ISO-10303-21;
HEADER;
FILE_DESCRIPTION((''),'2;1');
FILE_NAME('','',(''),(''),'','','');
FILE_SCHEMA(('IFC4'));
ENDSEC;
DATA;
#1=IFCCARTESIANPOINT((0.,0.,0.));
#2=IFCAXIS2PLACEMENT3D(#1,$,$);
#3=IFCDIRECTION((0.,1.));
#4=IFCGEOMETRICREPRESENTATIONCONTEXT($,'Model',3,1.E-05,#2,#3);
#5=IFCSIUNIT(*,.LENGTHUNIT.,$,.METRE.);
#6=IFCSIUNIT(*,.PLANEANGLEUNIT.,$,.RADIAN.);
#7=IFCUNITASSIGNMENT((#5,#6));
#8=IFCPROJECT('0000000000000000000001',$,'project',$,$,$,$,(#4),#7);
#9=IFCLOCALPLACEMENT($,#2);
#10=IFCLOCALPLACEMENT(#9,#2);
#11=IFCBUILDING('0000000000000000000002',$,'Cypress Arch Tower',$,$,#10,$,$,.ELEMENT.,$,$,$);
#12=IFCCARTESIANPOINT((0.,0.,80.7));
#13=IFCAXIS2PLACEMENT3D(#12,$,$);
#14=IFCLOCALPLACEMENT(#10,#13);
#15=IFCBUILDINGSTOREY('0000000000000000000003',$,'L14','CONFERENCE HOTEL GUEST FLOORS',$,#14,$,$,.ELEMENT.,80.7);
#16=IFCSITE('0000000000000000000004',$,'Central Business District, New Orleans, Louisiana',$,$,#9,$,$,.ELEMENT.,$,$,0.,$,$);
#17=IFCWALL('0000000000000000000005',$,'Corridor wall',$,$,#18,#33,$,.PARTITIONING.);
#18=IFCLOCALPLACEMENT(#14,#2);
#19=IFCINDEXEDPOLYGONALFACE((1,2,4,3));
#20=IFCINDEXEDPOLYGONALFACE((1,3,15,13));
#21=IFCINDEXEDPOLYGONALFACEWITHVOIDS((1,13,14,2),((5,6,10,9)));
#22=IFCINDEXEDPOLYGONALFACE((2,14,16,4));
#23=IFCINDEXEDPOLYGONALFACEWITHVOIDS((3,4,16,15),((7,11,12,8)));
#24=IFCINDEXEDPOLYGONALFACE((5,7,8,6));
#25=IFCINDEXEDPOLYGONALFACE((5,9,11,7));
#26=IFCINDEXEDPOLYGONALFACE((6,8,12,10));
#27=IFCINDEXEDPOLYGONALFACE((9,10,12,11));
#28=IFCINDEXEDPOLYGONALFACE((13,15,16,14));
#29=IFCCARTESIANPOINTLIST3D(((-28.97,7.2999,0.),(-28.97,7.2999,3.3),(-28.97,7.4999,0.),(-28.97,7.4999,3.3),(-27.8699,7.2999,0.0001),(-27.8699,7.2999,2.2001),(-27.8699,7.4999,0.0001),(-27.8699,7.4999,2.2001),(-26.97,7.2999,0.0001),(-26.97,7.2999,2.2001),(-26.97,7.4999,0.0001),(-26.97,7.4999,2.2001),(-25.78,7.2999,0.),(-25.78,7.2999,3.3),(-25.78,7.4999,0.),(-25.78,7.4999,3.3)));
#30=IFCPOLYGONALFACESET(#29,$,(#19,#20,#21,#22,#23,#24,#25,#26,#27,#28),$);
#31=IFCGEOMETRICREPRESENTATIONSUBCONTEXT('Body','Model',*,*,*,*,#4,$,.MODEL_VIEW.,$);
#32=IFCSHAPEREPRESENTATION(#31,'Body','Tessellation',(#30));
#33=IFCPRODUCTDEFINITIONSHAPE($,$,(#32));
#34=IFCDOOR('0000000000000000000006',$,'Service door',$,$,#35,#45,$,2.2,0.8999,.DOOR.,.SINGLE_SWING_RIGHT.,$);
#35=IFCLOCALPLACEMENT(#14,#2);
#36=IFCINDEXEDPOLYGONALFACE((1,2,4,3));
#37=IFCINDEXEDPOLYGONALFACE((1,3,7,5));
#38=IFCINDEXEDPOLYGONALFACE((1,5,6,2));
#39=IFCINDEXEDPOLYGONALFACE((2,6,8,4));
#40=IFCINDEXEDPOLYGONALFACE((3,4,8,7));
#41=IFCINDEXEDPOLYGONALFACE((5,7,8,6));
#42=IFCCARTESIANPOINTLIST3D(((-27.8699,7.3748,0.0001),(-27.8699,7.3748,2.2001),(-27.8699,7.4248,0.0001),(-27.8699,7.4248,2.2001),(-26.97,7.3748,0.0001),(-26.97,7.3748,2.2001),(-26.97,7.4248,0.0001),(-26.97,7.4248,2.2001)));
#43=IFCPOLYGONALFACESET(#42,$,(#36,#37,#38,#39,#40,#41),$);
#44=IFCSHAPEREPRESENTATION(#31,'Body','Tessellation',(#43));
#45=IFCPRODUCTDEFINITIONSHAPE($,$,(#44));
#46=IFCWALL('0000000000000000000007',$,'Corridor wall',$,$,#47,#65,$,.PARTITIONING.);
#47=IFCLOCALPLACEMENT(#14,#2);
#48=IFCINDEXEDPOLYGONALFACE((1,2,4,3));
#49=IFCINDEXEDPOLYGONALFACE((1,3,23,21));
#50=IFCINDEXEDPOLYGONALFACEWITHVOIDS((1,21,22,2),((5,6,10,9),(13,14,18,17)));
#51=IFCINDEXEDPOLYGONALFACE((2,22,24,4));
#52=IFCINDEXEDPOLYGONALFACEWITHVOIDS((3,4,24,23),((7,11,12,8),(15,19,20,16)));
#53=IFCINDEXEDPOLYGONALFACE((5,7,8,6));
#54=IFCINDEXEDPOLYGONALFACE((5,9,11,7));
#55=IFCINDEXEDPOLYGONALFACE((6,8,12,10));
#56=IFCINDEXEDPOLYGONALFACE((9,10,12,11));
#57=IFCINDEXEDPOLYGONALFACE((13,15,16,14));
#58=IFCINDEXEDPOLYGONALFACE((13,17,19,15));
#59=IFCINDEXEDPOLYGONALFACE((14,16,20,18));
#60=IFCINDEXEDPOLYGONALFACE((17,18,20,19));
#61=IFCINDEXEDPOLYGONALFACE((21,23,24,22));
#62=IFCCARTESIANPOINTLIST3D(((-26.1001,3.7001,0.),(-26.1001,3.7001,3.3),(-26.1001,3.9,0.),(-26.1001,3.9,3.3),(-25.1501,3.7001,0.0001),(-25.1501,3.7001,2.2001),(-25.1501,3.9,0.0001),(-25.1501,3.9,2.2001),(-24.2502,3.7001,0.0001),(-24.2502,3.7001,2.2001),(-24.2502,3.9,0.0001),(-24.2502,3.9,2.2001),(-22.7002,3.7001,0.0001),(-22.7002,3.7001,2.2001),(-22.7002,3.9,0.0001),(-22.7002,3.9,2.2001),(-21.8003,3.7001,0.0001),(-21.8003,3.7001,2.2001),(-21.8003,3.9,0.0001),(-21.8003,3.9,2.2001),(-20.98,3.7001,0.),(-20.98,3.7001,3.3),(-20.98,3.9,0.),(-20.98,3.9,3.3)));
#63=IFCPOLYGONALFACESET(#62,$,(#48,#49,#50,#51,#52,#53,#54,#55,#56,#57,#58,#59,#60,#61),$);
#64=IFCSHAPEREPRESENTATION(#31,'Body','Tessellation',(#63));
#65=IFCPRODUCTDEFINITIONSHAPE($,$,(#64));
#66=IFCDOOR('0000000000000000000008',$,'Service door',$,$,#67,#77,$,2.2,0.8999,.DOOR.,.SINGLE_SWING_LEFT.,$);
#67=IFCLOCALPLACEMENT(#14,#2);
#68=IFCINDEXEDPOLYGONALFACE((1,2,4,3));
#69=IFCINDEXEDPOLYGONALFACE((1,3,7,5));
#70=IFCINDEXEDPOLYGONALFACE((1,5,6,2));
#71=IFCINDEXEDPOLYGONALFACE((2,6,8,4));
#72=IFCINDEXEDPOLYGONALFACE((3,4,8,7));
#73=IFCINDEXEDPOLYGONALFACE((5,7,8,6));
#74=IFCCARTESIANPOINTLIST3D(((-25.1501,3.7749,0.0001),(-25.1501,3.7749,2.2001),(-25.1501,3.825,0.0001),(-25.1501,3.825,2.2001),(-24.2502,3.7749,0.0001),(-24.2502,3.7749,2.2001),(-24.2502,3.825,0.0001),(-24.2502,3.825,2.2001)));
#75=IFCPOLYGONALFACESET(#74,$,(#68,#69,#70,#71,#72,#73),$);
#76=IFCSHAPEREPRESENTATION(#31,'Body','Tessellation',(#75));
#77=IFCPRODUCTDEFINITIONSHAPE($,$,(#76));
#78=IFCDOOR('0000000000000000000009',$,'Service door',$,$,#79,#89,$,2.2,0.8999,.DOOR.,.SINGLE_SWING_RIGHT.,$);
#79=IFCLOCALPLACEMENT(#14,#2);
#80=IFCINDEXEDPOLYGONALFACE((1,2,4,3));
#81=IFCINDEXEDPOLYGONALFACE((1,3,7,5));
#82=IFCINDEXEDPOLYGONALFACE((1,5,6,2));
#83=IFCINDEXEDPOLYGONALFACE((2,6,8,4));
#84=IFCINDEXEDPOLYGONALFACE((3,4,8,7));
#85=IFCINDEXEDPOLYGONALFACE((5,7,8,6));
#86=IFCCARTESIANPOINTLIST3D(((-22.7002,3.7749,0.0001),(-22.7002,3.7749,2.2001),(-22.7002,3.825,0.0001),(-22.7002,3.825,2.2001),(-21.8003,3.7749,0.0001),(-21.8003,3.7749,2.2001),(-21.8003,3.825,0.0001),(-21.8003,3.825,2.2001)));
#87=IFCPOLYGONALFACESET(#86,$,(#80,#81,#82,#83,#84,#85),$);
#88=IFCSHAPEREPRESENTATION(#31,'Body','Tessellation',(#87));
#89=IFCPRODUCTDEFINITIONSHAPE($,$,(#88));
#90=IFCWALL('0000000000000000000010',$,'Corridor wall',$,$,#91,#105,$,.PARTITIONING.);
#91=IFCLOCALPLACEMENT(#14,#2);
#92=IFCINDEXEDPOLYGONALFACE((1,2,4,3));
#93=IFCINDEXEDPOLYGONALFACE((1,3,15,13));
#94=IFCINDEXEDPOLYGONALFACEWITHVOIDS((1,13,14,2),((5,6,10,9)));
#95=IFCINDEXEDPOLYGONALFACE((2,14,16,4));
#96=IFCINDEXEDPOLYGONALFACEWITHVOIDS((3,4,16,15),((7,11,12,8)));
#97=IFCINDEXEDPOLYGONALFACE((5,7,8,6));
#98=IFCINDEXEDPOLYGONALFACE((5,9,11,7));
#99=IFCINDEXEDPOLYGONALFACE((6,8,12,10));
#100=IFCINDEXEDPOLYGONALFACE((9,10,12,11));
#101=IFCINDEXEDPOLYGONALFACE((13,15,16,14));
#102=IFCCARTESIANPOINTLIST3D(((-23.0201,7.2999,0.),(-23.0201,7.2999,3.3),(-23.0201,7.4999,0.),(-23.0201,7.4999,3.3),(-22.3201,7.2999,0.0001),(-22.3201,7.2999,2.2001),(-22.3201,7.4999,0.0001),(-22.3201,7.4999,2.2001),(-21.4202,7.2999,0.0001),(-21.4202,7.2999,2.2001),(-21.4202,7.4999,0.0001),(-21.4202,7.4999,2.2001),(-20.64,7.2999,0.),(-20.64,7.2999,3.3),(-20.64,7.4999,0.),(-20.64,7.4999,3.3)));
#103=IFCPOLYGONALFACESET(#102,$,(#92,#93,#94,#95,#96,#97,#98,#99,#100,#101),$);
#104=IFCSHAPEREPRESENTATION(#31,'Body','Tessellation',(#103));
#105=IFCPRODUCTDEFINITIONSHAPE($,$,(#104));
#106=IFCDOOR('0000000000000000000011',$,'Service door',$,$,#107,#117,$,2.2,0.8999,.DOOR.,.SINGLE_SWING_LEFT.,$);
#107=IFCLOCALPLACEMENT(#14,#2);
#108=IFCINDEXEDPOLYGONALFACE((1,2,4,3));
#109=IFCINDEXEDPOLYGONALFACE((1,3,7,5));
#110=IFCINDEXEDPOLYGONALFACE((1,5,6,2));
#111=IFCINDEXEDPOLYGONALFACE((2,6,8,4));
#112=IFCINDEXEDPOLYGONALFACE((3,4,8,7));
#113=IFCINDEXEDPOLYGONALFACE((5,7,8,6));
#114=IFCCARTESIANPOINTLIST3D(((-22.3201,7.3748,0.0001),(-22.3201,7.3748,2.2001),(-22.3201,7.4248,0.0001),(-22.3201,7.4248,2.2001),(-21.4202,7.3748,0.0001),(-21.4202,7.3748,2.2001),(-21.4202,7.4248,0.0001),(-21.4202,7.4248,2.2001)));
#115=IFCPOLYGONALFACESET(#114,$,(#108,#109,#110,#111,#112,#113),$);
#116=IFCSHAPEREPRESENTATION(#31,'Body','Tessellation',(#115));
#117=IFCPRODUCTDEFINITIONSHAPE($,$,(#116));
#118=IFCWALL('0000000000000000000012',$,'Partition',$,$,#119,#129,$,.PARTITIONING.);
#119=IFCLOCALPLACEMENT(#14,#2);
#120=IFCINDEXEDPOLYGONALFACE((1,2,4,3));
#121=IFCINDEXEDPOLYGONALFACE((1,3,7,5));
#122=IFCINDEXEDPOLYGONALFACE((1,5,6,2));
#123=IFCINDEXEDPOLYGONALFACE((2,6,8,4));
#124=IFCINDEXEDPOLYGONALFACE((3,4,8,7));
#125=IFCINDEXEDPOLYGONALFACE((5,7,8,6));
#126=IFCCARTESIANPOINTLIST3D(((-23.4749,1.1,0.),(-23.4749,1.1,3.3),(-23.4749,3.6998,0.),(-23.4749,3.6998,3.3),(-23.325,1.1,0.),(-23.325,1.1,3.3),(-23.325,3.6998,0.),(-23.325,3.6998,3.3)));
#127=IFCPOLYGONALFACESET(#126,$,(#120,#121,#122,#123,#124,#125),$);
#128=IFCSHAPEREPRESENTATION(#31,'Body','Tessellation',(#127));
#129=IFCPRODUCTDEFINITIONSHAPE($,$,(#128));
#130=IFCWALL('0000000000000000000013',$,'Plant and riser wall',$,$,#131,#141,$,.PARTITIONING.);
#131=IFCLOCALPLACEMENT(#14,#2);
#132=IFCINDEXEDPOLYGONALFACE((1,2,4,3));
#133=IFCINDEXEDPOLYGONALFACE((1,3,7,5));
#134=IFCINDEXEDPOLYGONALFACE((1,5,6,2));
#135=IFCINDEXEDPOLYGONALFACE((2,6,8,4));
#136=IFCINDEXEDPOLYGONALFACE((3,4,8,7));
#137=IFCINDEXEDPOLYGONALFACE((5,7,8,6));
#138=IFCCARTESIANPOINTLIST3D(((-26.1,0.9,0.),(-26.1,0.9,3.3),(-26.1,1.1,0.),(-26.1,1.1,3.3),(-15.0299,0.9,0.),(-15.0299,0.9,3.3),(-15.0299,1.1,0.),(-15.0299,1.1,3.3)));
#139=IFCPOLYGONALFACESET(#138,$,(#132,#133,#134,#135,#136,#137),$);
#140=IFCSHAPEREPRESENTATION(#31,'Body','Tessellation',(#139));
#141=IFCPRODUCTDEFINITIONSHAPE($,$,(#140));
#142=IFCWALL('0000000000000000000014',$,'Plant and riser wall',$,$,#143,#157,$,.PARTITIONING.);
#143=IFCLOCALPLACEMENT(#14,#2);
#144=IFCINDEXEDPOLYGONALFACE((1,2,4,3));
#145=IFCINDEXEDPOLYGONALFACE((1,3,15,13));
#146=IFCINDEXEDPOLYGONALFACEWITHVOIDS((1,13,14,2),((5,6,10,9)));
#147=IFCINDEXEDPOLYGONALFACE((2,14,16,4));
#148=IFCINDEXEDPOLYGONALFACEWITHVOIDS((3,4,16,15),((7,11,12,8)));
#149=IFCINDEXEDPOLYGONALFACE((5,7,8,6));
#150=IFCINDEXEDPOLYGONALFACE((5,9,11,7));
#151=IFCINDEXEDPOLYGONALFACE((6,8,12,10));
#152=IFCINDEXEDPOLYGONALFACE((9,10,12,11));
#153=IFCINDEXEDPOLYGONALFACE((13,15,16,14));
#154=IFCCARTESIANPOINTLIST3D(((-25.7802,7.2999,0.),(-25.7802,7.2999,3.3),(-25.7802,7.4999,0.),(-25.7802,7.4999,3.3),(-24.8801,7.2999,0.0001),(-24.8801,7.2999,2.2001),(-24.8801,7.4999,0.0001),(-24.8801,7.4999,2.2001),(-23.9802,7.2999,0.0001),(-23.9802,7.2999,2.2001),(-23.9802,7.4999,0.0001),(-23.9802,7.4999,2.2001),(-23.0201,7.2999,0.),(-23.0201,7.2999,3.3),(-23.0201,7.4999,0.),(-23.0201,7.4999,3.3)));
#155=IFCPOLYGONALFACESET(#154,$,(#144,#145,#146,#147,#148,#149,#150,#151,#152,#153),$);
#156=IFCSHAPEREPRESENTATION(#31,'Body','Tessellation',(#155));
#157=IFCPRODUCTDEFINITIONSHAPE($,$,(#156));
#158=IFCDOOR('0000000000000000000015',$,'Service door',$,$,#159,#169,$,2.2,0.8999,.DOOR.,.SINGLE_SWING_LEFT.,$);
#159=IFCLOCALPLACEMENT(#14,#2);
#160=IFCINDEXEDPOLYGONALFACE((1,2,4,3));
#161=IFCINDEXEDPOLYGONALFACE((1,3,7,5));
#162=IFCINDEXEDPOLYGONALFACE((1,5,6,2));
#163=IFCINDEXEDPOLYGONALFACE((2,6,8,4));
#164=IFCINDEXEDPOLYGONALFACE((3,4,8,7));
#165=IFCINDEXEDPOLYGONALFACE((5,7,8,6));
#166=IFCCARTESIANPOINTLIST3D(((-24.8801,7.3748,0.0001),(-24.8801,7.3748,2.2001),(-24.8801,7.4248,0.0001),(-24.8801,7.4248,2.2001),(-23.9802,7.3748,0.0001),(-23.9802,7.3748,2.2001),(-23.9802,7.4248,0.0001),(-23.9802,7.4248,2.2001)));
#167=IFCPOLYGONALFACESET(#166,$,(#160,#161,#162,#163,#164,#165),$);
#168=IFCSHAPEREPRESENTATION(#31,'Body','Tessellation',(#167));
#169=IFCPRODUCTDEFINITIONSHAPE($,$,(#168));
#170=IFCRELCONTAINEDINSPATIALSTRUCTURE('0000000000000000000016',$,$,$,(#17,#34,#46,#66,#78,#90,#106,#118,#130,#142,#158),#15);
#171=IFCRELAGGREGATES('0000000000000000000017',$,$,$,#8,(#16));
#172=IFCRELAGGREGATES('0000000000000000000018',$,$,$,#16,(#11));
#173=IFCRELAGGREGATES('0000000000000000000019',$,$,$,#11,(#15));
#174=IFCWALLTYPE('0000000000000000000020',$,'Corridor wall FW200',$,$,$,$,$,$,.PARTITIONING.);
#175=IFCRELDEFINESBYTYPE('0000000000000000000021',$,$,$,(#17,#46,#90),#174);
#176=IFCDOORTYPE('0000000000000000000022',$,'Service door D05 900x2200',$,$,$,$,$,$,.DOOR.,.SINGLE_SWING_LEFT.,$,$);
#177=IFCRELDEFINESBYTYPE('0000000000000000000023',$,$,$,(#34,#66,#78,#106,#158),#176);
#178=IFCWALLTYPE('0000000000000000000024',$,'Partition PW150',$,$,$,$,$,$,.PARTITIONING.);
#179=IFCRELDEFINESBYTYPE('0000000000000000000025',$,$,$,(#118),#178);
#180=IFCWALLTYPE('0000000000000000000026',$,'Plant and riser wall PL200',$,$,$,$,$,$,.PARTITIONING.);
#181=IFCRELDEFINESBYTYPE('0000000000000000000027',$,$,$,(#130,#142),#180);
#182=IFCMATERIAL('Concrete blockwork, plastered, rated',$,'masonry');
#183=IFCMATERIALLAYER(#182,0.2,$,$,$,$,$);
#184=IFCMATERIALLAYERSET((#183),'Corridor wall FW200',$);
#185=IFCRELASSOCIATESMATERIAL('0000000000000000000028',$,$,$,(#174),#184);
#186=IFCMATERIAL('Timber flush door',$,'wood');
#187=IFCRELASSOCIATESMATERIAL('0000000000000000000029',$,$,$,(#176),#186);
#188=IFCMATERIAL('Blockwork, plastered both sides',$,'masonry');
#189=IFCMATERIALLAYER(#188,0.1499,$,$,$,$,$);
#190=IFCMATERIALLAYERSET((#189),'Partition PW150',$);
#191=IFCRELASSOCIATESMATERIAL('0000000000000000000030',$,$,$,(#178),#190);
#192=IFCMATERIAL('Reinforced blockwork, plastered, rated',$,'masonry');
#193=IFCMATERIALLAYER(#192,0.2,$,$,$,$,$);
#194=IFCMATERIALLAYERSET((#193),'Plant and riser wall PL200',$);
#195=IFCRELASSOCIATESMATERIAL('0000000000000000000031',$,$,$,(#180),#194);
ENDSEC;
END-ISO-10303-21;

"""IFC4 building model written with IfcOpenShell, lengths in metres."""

from ifc_helpers import new_model, si_unit, direction, frame, frame_2d, origin, place, context, subcontext, project, spatial, rectangle, extrude, material, layer, layer_set, type_object, element, fill, save


model = new_model("IFC4")

# Units and contexts
model_context = context("Model", 3, precision=1e-05, world=origin(), true_north=direction((0.0, 1.0)))
body_context = subcontext(model_context, "Body", "Model", "MODEL_VIEW")
ifc_project = project(units=[si_unit("LENGTHUNIT", "METRE"), si_unit("PLANEANGLEUNIT", "RADIAN")], contexts=[model_context])

# Site, building, storey
site_placement = place(None, origin())
site = spatial("IfcSite", under=ifc_project, at=site_placement, Name="Central Business District, New Orleans, Louisiana", CompositionType="ELEMENT", RefElevation=0.0)
building_placement = place(site_placement, origin())
building = spatial("IfcBuilding", under=site, at=building_placement, Name="Cypress Arch Tower", CompositionType="ELEMENT")
storey_placement = place(building_placement, frame((0.0, 0.0, 80.7)))
storey = spatial("IfcBuildingStorey", under=building, at=storey_placement, Name="L14", Description="CONFERENCE HOTEL GUEST FLOORS", CompositionType="ELEMENT", Elevation=80.7)

# Wall, opening, door
ifc_material_1 = material(Name="Concrete blockwork, plastered, rated", Category="masonry")
ifc_layer_1 = layer(ifc_material_1, 0.2)
ifc_layer_set_1 = layer_set([ifc_layer_1], Name="Corridor wall FW200")
wall_type_1 = type_object("IfcWallType", Name="Corridor wall FW200", PredefinedType="PARTITIONING", material=ifc_layer_set_1)
wall_1_placement = place(storey_placement, frame((-28.97, 7.3999, 0.0), z_axis=(0.0, 0.0, 1.0), x_axis=(1.0, 0.0, 0.0)))
wall_1 = element("IfcWall", 1, at=wall_1_placement, inside=storey, type_object=wall_type_1, Name="Corridor wall", PredefinedType="PARTITIONING", context=body_context, shape_type="SweptSolid", body=[
    extrude(rectangle(XDim=3.1899, YDim=0.2, at=frame_2d((1.595, 0.0))), origin(), (0.0, 0.0, 1.0), 3.3),
])
opening_1_placement = place(wall_1_placement, frame((1.1001, 0.0, 0.0)))
opening_1 = element("IfcOpeningElement", 2, at=opening_1_placement, cuts=wall_1, PredefinedType="OPENING", context=body_context, shape_type="SweptSolid", body=[
    extrude(rectangle(XDim=0.8999, YDim=2.2, at=frame_2d((0.45, 1.1001))), frame((0.0, 0.1099, 0.0), z_axis=(0.0, -1.0, 0.0), x_axis=(1.0, 0.0, 0.0)), (0.0, 0.0, 1.0), 0.22),
])
ifc_material_2 = material(Name="Timber flush door", Category="wood")
door_type = type_object("IfcDoorType", Name="Service door D05 900x2200", OperationType="SINGLE_SWING_LEFT", PredefinedType="DOOR", material=ifc_material_2)
door_1_placement = place(opening_1_placement, origin())
door_1 = element("IfcDoor", 3, at=door_1_placement, inside=storey, type_object=door_type, Name="Service door", OperationType="SINGLE_SWING_RIGHT", OverallHeight=2.2, OverallWidth=0.8999, PredefinedType="DOOR", context=body_context, shape_type="SweptSolid", body=[
    extrude(rectangle(XDim=0.8999, YDim=2.2, at=frame_2d((0.45, 1.1001))), frame((0.0, 0.0249, 0.0), z_axis=(0.0, -1.0, 0.0), x_axis=(1.0, 0.0, 0.0)), (0.0, 0.0, 1.0), 0.05),
])
fill(opening_1, door_1)

# Wall, openings, doors
wall_2_placement = place(storey_placement, frame((-26.1001, 3.8, 0.0), z_axis=(0.0, 0.0, 1.0), x_axis=(1.0, 0.0, 0.0)))
wall_2 = element("IfcWall", 4, at=wall_2_placement, inside=storey, type_object=wall_type_1, Name="Corridor wall", PredefinedType="PARTITIONING", context=body_context, shape_type="SweptSolid", body=[
    extrude(rectangle(XDim=5.1201, YDim=0.2, at=frame_2d((2.5601, 0.0))), origin(), (0.0, 0.0, 1.0), 3.3),
])
opening_2_placement = place(wall_2_placement, frame((0.95, 0.0, 0.0)))
opening_2 = element("IfcOpeningElement", 5, at=opening_2_placement, cuts=wall_2, PredefinedType="OPENING", context=body_context, shape_type="SweptSolid", body=[
    extrude(rectangle(XDim=0.8999, YDim=2.2, at=frame_2d((0.45, 1.1001))), frame((0.0, 0.1099, 0.0), z_axis=(0.0, -1.0, 0.0), x_axis=(1.0, 0.0, 0.0)), (0.0, 0.0, 1.0), 0.22),
])
opening_3_placement = place(wall_2_placement, frame((3.3999, 0.0, 0.0)))
opening_3 = element("IfcOpeningElement", 6, at=opening_3_placement, cuts=wall_2, PredefinedType="OPENING", context=body_context, shape_type="SweptSolid", body=[
    extrude(rectangle(XDim=0.8999, YDim=2.2, at=frame_2d((0.45, 1.1001))), frame((0.0, 0.1099, 0.0), z_axis=(0.0, -1.0, 0.0), x_axis=(1.0, 0.0, 0.0)), (0.0, 0.0, 1.0), 0.22),
])
door_2_placement = place(opening_2_placement, origin())
door_2 = element("IfcDoor", 7, at=door_2_placement, inside=storey, type_object=door_type, Name="Service door", OperationType="SINGLE_SWING_LEFT", OverallHeight=2.2, OverallWidth=0.8999, PredefinedType="DOOR", context=body_context, shape_type="SweptSolid", body=[
    extrude(rectangle(XDim=0.8999, YDim=2.2, at=frame_2d((0.45, 1.1001))), frame((0.0, 0.0249, 0.0), z_axis=(0.0, -1.0, 0.0), x_axis=(1.0, 0.0, 0.0)), (0.0, 0.0, 1.0), 0.05),
])
fill(opening_2, door_2)
door_3_placement = place(opening_3_placement, origin())
door_3 = element("IfcDoor", 8, at=door_3_placement, inside=storey, type_object=door_type, Name="Service door", OperationType="SINGLE_SWING_RIGHT", OverallHeight=2.2, OverallWidth=0.8999, PredefinedType="DOOR", context=body_context, shape_type="SweptSolid", body=[
    extrude(rectangle(XDim=0.8999, YDim=2.2, at=frame_2d((0.45, 1.1001))), frame((0.0, 0.0249, 0.0), z_axis=(0.0, -1.0, 0.0), x_axis=(1.0, 0.0, 0.0)), (0.0, 0.0, 1.0), 0.05),
])
fill(opening_3, door_3)

# Wall, opening, door
wall_3_placement = place(storey_placement, frame((-23.02, 7.3999, 0.0), z_axis=(0.0, 0.0, 1.0), x_axis=(1.0, 0.0, 0.0)))
wall_3 = element("IfcWall", 9, at=wall_3_placement, inside=storey, type_object=wall_type_1, Name="Corridor wall", PredefinedType="PARTITIONING", context=body_context, shape_type="SweptSolid", body=[
    extrude(rectangle(XDim=2.3801, YDim=0.2, at=frame_2d((1.1899, 0.0))), origin(), (0.0, 0.0, 1.0), 3.3),
])
opening_4_placement = place(wall_3_placement, frame((0.7, 0.0, 0.0)))
opening_4 = element("IfcOpeningElement", 10, at=opening_4_placement, cuts=wall_3, PredefinedType="OPENING", context=body_context, shape_type="SweptSolid", body=[
    extrude(rectangle(XDim=0.8999, YDim=2.2, at=frame_2d((0.45, 1.1001))), frame((0.0, 0.1099, 0.0), z_axis=(0.0, -1.0, 0.0), x_axis=(1.0, 0.0, 0.0)), (0.0, 0.0, 1.0), 0.22),
])
door_4_placement = place(opening_4_placement, origin())
door_4 = element("IfcDoor", 11, at=door_4_placement, inside=storey, type_object=door_type, Name="Service door", OperationType="SINGLE_SWING_LEFT", OverallHeight=2.2, OverallWidth=0.8999, PredefinedType="DOOR", context=body_context, shape_type="SweptSolid", body=[
    extrude(rectangle(XDim=0.8999, YDim=2.2, at=frame_2d((0.45, 1.1001))), frame((0.0, 0.0249, 0.0), z_axis=(0.0, -1.0, 0.0), x_axis=(1.0, 0.0, 0.0)), (0.0, 0.0, 1.0), 0.05),
])
fill(opening_4, door_4)

# Walls
ifc_material_3 = material(Name="Blockwork, plastered both sides", Category="masonry")
ifc_layer_2 = layer(ifc_material_3, 0.1499)
ifc_layer_set_2 = layer_set([ifc_layer_2], Name="Partition PW150")
wall_type_2 = type_object("IfcWallType", Name="Partition PW150", PredefinedType="PARTITIONING", material=ifc_layer_set_2)
wall_4_placement = place(storey_placement, frame((-23.3999, 1.1001, 0.0), z_axis=(0.0, 0.0, 1.0), x_axis=(0.0, 1.0, 0.0)))
element("IfcWall", 12, at=wall_4_placement, inside=storey, type_object=wall_type_2, Name="Partition", PredefinedType="PARTITIONING", context=body_context, shape_type="SweptSolid", body=[
    extrude(rectangle(XDim=2.5999, YDim=0.1499, at=frame_2d((1.2998, 0.0))), origin(), (0.0, 0.0, 1.0), 3.3),
])
ifc_material_4 = material(Name="Reinforced blockwork, plastered, rated", Category="masonry")
ifc_layer_3 = layer(ifc_material_4, 0.2)
ifc_layer_set_3 = layer_set([ifc_layer_3], Name="Plant and riser wall PL200")
wall_type_3 = type_object("IfcWallType", Name="Plant and riser wall PL200", PredefinedType="PARTITIONING", material=ifc_layer_set_3)
wall_5_placement = place(storey_placement, frame((-26.1001, 1.0, 0.0), z_axis=(0.0, 0.0, 1.0), x_axis=(1.0, 0.0, 0.0)))
element("IfcWall", 13, at=wall_5_placement, inside=storey, type_object=wall_type_3, Name="Plant and riser wall", PredefinedType="PARTITIONING", context=body_context, shape_type="SweptSolid", body=[
    extrude(rectangle(XDim=11.0701, YDim=0.2, at=frame_2d((5.5352, 0.0))), origin(), (0.0, 0.0, 1.0), 3.3),
])

# Wall, opening, door
wall_6_placement = place(storey_placement, frame((-25.78, 7.3999, 0.0), z_axis=(0.0, 0.0, 1.0), x_axis=(1.0, 0.0, 0.0)))
wall_6 = element("IfcWall", 14, at=wall_6_placement, inside=storey, type_object=wall_type_3, Name="Plant and riser wall", PredefinedType="PARTITIONING", context=body_context, shape_type="SweptSolid", body=[
    extrude(rectangle(XDim=2.76, YDim=0.2, at=frame_2d((1.3799, 0.0))), origin(), (0.0, 0.0, 1.0), 3.3),
])
opening_5_placement = place(wall_6_placement, frame((0.8999, 0.0, 0.0)))
opening_5 = element("IfcOpeningElement", 15, at=opening_5_placement, cuts=wall_6, PredefinedType="OPENING", context=body_context, shape_type="SweptSolid", body=[
    extrude(rectangle(XDim=0.8999, YDim=2.2, at=frame_2d((0.45, 1.1001))), frame((0.0, 0.1099, 0.0), z_axis=(0.0, -1.0, 0.0), x_axis=(1.0, 0.0, 0.0)), (0.0, 0.0, 1.0), 0.22),
])
door_5_placement = place(opening_5_placement, origin())
door_5 = element("IfcDoor", 16, at=door_5_placement, inside=storey, type_object=door_type, Name="Service door", OperationType="SINGLE_SWING_LEFT", OverallHeight=2.2, OverallWidth=0.8999, PredefinedType="DOOR", context=body_context, shape_type="SweptSolid", body=[
    extrude(rectangle(XDim=0.8999, YDim=2.2, at=frame_2d((0.45, 1.1001))), frame((0.0, 0.0249, 0.0), z_axis=(0.0, -1.0, 0.0), x_axis=(1.0, 0.0, 0.0)), (0.0, 0.0, 1.0), 0.05),
])
fill(opening_5, door_5)

save(model, "model.ifc")
